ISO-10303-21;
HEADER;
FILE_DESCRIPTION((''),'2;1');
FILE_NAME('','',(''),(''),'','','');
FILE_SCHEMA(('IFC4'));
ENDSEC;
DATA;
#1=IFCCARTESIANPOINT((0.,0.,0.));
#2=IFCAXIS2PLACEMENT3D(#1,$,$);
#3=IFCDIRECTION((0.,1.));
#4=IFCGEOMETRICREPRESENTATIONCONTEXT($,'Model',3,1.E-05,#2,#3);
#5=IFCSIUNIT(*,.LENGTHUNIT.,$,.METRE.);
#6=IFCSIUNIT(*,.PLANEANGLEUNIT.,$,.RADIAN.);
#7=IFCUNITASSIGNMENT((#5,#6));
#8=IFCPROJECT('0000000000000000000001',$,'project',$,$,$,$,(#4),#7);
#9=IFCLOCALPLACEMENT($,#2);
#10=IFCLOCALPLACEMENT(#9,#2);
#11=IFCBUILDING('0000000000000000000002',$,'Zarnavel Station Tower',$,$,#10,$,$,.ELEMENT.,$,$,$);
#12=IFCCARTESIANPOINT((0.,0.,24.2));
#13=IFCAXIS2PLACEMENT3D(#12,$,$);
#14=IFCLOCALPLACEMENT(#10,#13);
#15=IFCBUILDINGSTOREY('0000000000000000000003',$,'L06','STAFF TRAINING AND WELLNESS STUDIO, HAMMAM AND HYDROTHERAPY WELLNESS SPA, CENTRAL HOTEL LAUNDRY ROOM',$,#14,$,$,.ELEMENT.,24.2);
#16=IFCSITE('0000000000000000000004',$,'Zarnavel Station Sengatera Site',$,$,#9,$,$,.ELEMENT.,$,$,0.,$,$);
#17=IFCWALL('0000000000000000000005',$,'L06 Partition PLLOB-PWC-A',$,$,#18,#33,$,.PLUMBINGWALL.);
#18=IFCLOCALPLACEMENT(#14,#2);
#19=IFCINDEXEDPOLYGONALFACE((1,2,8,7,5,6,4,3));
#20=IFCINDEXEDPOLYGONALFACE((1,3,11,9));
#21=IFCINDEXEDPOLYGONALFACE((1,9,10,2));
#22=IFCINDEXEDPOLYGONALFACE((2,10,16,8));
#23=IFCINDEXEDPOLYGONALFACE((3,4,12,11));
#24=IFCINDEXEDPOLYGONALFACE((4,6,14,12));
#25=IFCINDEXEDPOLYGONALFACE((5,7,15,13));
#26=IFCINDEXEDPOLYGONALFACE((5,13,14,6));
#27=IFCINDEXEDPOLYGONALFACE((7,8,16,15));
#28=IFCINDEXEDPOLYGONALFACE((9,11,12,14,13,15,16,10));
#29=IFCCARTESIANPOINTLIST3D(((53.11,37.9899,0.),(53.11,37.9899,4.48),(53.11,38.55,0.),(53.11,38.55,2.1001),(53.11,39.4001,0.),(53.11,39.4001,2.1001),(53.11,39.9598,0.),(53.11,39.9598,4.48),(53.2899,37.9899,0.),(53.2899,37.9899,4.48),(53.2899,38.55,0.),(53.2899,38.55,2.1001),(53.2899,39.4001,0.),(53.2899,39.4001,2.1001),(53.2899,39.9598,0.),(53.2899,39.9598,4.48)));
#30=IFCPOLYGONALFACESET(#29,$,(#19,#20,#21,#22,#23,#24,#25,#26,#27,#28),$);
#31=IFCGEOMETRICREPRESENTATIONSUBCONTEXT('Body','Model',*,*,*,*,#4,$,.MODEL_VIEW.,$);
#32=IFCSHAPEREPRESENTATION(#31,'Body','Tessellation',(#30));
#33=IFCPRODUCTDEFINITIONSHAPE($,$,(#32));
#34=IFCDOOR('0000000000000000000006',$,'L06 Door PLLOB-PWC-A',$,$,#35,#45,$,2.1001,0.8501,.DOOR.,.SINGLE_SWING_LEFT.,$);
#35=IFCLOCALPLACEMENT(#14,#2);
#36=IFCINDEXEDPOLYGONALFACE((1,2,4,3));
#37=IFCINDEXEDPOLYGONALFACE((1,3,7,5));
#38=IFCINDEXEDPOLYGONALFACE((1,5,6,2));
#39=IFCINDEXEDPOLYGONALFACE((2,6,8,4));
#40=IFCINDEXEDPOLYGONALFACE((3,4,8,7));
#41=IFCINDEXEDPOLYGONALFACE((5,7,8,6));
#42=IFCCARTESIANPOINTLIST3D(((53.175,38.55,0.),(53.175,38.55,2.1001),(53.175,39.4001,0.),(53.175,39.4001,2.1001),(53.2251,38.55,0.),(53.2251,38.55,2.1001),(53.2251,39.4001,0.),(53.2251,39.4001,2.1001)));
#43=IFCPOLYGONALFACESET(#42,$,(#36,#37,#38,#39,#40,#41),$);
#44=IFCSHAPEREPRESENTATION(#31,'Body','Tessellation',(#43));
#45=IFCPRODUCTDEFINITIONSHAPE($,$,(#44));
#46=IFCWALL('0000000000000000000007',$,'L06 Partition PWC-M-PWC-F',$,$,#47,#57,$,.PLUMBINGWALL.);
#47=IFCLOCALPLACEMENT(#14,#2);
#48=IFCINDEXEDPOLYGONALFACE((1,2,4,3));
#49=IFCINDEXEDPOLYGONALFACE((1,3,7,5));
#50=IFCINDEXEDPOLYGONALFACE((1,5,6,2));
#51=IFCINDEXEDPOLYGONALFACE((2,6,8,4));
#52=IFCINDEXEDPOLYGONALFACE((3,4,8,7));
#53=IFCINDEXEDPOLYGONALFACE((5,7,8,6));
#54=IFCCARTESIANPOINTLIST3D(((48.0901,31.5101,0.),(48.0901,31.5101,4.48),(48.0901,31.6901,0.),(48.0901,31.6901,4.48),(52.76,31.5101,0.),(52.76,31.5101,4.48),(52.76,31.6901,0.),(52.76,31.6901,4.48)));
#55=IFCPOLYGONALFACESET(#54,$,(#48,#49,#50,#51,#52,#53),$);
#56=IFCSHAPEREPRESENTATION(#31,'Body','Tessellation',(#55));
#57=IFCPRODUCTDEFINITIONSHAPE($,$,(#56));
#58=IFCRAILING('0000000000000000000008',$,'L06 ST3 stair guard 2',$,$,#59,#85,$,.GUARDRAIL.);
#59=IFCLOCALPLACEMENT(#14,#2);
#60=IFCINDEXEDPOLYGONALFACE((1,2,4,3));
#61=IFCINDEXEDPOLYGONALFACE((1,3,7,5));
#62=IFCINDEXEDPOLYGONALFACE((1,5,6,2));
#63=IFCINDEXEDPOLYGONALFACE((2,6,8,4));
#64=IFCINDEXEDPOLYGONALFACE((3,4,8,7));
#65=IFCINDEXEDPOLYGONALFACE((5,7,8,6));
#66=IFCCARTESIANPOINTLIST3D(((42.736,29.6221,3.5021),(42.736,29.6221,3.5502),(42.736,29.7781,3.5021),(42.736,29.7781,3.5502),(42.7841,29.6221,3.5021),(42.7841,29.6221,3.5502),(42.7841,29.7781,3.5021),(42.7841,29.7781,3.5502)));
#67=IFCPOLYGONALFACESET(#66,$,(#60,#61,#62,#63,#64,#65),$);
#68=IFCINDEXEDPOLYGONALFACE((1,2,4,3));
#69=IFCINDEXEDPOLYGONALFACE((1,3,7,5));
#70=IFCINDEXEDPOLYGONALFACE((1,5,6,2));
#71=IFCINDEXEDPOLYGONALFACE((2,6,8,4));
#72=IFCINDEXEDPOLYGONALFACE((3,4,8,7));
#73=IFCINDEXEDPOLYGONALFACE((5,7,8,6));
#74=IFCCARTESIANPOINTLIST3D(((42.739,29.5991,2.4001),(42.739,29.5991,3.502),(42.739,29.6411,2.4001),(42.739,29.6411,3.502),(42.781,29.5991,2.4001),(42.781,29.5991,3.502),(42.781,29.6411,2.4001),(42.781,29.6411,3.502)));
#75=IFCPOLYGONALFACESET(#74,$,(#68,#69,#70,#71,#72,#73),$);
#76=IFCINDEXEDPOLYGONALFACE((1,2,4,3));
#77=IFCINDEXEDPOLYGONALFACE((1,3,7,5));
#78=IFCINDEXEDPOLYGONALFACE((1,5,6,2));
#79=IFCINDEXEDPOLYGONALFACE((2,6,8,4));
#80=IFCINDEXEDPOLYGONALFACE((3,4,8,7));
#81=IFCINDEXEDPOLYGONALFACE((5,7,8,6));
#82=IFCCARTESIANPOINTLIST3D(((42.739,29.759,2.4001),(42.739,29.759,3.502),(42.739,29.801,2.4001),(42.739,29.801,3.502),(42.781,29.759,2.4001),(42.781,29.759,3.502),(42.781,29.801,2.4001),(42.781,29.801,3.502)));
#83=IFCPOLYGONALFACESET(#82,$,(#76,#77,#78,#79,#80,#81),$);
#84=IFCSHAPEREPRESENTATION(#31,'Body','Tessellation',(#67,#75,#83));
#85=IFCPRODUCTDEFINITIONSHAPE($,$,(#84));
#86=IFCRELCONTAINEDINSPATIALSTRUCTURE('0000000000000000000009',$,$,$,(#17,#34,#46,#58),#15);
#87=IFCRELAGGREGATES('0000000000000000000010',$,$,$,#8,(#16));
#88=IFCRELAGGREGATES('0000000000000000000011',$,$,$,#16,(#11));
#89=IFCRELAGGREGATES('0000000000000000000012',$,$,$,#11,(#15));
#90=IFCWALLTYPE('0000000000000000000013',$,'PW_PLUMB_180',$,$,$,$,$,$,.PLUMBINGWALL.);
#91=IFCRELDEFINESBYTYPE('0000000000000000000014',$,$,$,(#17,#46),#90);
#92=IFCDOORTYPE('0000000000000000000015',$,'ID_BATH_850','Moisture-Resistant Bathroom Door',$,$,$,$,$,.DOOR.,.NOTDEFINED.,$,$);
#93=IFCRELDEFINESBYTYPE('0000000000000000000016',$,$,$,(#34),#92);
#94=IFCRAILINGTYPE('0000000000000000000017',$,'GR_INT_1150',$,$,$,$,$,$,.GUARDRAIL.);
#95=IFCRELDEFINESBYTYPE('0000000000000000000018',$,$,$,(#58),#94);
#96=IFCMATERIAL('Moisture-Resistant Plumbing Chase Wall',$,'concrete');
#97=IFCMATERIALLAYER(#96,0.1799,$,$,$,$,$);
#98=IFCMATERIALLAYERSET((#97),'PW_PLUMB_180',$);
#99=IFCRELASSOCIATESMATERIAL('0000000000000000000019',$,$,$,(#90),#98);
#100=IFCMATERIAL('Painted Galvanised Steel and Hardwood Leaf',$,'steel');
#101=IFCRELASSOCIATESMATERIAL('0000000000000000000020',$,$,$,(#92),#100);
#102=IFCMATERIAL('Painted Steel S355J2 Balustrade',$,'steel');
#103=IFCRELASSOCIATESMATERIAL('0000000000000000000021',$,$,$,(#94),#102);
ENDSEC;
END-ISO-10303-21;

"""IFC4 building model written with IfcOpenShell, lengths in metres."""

from ifc_helpers import new_model, si_unit, direction, frame, frame_2d, origin, origin_2d, place, context, subcontext, project, spatial, rectangle, extrude, material, layer, layer_set, type_object, element, fill, save


model = new_model("IFC4")

# Units and contexts
model_context = context("Model", 3, precision=1e-05, world=origin(), true_north=direction((0.0, 1.0)))
body_context = subcontext(model_context, "Body", "Model", "MODEL_VIEW")
ifc_project = project(units=[si_unit("LENGTHUNIT", "METRE"), si_unit("PLANEANGLEUNIT", "RADIAN")], contexts=[model_context])

# Site, building, storey
site_placement = place(None, origin())
site = spatial("IfcSite", under=ifc_project, at=site_placement, Name="Zarnavel Station Sengatera Site", CompositionType="ELEMENT", RefElevation=0.0)
building_placement = place(site_placement, origin())
building = spatial("IfcBuilding", under=site, at=building_placement, Name="Zarnavel Station Tower", CompositionType="ELEMENT")
storey_placement = place(building_placement, frame((0.0, 0.0, 24.2)))
storey = spatial("IfcBuildingStorey", under=building, at=storey_placement, Name="L06", Description="STAFF TRAINING AND WELLNESS STUDIO, HAMMAM AND HYDROTHERAPY WELLNESS SPA, CENTRAL HOTEL LAUNDRY ROOM", CompositionType="ELEMENT", Elevation=24.2)

# Wall, opening, door
ifc_material_1 = material(Name="Moisture-Resistant Plumbing Chase Wall", Category="concrete")
ifc_layer_1 = layer(ifc_material_1, 0.1799)
ifc_layer_set_1 = layer_set([ifc_layer_1], Name="PW_PLUMB_180")
wall_type_1 = type_object("IfcWallType", Name="PW_PLUMB_180", PredefinedType="PLUMBINGWALL", material=ifc_layer_set_1)
ifc_material_2 = material(Name="Painted Galvanised Steel and Hardwood Leaf", Category="steel")
door_type_1 = type_object("IfcDoorType", Name="ID_BATH_850", Description="Moisture-Resistant Bathroom Door", OperationType="NOTDEFINED", PredefinedType="DOOR", material=ifc_material_2)
wall_1_placement = place(storey_placement, frame((53.2, 37.99, 0.0), z_axis=(0.0, 0.0, 1.0), x_axis=(0.0, 1.0, 0.0)))
wall_1 = element("IfcWall", 1, at=wall_1_placement, inside=storey, type_object=wall_type_1, Name="L06 Partition PLLOB-PWC-A", PredefinedType="PLUMBINGWALL", context=body_context, shape_type="SweptSolid", body=[
    extrude(rectangle(XDim=1.97, YDim=0.1799, at=frame_2d((0.9849, 0.0))), origin(), (0.0, 0.0, 1.0), 4.48),
])
opening_1_placement = place(wall_1_placement, frame((0.5601, 0.0, 0.0)))
opening_1 = element("IfcOpeningElement", 2, at=opening_1_placement, cuts=wall_1, PredefinedType="OPENING", context=body_context, shape_type="SweptSolid", body=[
    extrude(rectangle(XDim=0.8501, YDim=2.1001, at=frame_2d((0.425, 1.05))), frame((0.0, 0.0999, 0.0), z_axis=(0.0, -1.0, 0.0), x_axis=(1.0, 0.0, 0.0)), (0.0, 0.0, 1.0), 0.2),
])
door_1_placement = place(opening_1_placement, origin())
door_1 = element("IfcDoor", 3, at=door_1_placement, inside=storey, type_object=door_type_1, Name="L06 Door PLLOB-PWC-A", OperationType="SINGLE_SWING_LEFT", OverallHeight=2.1001, OverallWidth=0.8501, PredefinedType="DOOR", context=body_context, shape_type="SweptSolid", body=[
    extrude(rectangle(XDim=0.8501, YDim=2.1001, at=frame_2d((0.425, 1.05))), frame((0.0, 0.0249, 0.0), z_axis=(0.0, -1.0, 0.0), x_axis=(1.0, 0.0, 0.0)), (0.0, 0.0, 1.0), 0.05),
])
fill(opening_1, door_1)

# Wall
wall_2_placement = place(storey_placement, frame((48.0901, 31.6001, 0.0), z_axis=(0.0, 0.0, 1.0), x_axis=(1.0, 0.0, 0.0)))
element("IfcWall", 4, at=wall_2_placement, inside=storey, type_object=wall_type_1, Name="L06 Partition PWC-M-PWC-F", PredefinedType="PLUMBINGWALL", context=body_context, shape_type="SweptSolid", body=[
    extrude(rectangle(XDim=4.6699, YDim=0.1799, at=frame_2d((2.335, 0.0))), origin(), (0.0, 0.0, 1.0), 4.48),
])

# Railing
ifc_material_3 = material(Name="Painted Steel S355J2 Balustrade", Category="steel")
railing_type = type_object("IfcRailingType", Name="GR_INT_1150", PredefinedType="GUARDRAIL", material=ifc_material_3)
railing_placement = place(storey_placement, frame((42.76, 29.6201, 2.4001)))
element("IfcRailing", 5, at=railing_placement, inside=storey, type_object=railing_type, Name="L06 ST3 stair guard 2", PredefinedType="GUARDRAIL", context=body_context, shape_type="SweptSolid", body=[
    extrude(rectangle(XDim=0.0481, YDim=0.0481, at=origin_2d()), frame((0.0, 0.002, 1.126), z_axis=(0.0, 1.0, 0.0), x_axis=(-1.0, 0.0, 0.0)), (0.0, 0.0, 1.0), 0.156),
    extrude(rectangle(XDim=0.042, YDim=0.042, at=origin_2d()), origin(), (0.0, 0.0, 1.0), 1.1018),
    extrude(rectangle(XDim=0.042, YDim=0.042, at=origin_2d()), frame((0.0, 0.1599, 0.0)), (0.0, 0.0, 1.0), 1.1018),
])

save(model, "model.ifc")
